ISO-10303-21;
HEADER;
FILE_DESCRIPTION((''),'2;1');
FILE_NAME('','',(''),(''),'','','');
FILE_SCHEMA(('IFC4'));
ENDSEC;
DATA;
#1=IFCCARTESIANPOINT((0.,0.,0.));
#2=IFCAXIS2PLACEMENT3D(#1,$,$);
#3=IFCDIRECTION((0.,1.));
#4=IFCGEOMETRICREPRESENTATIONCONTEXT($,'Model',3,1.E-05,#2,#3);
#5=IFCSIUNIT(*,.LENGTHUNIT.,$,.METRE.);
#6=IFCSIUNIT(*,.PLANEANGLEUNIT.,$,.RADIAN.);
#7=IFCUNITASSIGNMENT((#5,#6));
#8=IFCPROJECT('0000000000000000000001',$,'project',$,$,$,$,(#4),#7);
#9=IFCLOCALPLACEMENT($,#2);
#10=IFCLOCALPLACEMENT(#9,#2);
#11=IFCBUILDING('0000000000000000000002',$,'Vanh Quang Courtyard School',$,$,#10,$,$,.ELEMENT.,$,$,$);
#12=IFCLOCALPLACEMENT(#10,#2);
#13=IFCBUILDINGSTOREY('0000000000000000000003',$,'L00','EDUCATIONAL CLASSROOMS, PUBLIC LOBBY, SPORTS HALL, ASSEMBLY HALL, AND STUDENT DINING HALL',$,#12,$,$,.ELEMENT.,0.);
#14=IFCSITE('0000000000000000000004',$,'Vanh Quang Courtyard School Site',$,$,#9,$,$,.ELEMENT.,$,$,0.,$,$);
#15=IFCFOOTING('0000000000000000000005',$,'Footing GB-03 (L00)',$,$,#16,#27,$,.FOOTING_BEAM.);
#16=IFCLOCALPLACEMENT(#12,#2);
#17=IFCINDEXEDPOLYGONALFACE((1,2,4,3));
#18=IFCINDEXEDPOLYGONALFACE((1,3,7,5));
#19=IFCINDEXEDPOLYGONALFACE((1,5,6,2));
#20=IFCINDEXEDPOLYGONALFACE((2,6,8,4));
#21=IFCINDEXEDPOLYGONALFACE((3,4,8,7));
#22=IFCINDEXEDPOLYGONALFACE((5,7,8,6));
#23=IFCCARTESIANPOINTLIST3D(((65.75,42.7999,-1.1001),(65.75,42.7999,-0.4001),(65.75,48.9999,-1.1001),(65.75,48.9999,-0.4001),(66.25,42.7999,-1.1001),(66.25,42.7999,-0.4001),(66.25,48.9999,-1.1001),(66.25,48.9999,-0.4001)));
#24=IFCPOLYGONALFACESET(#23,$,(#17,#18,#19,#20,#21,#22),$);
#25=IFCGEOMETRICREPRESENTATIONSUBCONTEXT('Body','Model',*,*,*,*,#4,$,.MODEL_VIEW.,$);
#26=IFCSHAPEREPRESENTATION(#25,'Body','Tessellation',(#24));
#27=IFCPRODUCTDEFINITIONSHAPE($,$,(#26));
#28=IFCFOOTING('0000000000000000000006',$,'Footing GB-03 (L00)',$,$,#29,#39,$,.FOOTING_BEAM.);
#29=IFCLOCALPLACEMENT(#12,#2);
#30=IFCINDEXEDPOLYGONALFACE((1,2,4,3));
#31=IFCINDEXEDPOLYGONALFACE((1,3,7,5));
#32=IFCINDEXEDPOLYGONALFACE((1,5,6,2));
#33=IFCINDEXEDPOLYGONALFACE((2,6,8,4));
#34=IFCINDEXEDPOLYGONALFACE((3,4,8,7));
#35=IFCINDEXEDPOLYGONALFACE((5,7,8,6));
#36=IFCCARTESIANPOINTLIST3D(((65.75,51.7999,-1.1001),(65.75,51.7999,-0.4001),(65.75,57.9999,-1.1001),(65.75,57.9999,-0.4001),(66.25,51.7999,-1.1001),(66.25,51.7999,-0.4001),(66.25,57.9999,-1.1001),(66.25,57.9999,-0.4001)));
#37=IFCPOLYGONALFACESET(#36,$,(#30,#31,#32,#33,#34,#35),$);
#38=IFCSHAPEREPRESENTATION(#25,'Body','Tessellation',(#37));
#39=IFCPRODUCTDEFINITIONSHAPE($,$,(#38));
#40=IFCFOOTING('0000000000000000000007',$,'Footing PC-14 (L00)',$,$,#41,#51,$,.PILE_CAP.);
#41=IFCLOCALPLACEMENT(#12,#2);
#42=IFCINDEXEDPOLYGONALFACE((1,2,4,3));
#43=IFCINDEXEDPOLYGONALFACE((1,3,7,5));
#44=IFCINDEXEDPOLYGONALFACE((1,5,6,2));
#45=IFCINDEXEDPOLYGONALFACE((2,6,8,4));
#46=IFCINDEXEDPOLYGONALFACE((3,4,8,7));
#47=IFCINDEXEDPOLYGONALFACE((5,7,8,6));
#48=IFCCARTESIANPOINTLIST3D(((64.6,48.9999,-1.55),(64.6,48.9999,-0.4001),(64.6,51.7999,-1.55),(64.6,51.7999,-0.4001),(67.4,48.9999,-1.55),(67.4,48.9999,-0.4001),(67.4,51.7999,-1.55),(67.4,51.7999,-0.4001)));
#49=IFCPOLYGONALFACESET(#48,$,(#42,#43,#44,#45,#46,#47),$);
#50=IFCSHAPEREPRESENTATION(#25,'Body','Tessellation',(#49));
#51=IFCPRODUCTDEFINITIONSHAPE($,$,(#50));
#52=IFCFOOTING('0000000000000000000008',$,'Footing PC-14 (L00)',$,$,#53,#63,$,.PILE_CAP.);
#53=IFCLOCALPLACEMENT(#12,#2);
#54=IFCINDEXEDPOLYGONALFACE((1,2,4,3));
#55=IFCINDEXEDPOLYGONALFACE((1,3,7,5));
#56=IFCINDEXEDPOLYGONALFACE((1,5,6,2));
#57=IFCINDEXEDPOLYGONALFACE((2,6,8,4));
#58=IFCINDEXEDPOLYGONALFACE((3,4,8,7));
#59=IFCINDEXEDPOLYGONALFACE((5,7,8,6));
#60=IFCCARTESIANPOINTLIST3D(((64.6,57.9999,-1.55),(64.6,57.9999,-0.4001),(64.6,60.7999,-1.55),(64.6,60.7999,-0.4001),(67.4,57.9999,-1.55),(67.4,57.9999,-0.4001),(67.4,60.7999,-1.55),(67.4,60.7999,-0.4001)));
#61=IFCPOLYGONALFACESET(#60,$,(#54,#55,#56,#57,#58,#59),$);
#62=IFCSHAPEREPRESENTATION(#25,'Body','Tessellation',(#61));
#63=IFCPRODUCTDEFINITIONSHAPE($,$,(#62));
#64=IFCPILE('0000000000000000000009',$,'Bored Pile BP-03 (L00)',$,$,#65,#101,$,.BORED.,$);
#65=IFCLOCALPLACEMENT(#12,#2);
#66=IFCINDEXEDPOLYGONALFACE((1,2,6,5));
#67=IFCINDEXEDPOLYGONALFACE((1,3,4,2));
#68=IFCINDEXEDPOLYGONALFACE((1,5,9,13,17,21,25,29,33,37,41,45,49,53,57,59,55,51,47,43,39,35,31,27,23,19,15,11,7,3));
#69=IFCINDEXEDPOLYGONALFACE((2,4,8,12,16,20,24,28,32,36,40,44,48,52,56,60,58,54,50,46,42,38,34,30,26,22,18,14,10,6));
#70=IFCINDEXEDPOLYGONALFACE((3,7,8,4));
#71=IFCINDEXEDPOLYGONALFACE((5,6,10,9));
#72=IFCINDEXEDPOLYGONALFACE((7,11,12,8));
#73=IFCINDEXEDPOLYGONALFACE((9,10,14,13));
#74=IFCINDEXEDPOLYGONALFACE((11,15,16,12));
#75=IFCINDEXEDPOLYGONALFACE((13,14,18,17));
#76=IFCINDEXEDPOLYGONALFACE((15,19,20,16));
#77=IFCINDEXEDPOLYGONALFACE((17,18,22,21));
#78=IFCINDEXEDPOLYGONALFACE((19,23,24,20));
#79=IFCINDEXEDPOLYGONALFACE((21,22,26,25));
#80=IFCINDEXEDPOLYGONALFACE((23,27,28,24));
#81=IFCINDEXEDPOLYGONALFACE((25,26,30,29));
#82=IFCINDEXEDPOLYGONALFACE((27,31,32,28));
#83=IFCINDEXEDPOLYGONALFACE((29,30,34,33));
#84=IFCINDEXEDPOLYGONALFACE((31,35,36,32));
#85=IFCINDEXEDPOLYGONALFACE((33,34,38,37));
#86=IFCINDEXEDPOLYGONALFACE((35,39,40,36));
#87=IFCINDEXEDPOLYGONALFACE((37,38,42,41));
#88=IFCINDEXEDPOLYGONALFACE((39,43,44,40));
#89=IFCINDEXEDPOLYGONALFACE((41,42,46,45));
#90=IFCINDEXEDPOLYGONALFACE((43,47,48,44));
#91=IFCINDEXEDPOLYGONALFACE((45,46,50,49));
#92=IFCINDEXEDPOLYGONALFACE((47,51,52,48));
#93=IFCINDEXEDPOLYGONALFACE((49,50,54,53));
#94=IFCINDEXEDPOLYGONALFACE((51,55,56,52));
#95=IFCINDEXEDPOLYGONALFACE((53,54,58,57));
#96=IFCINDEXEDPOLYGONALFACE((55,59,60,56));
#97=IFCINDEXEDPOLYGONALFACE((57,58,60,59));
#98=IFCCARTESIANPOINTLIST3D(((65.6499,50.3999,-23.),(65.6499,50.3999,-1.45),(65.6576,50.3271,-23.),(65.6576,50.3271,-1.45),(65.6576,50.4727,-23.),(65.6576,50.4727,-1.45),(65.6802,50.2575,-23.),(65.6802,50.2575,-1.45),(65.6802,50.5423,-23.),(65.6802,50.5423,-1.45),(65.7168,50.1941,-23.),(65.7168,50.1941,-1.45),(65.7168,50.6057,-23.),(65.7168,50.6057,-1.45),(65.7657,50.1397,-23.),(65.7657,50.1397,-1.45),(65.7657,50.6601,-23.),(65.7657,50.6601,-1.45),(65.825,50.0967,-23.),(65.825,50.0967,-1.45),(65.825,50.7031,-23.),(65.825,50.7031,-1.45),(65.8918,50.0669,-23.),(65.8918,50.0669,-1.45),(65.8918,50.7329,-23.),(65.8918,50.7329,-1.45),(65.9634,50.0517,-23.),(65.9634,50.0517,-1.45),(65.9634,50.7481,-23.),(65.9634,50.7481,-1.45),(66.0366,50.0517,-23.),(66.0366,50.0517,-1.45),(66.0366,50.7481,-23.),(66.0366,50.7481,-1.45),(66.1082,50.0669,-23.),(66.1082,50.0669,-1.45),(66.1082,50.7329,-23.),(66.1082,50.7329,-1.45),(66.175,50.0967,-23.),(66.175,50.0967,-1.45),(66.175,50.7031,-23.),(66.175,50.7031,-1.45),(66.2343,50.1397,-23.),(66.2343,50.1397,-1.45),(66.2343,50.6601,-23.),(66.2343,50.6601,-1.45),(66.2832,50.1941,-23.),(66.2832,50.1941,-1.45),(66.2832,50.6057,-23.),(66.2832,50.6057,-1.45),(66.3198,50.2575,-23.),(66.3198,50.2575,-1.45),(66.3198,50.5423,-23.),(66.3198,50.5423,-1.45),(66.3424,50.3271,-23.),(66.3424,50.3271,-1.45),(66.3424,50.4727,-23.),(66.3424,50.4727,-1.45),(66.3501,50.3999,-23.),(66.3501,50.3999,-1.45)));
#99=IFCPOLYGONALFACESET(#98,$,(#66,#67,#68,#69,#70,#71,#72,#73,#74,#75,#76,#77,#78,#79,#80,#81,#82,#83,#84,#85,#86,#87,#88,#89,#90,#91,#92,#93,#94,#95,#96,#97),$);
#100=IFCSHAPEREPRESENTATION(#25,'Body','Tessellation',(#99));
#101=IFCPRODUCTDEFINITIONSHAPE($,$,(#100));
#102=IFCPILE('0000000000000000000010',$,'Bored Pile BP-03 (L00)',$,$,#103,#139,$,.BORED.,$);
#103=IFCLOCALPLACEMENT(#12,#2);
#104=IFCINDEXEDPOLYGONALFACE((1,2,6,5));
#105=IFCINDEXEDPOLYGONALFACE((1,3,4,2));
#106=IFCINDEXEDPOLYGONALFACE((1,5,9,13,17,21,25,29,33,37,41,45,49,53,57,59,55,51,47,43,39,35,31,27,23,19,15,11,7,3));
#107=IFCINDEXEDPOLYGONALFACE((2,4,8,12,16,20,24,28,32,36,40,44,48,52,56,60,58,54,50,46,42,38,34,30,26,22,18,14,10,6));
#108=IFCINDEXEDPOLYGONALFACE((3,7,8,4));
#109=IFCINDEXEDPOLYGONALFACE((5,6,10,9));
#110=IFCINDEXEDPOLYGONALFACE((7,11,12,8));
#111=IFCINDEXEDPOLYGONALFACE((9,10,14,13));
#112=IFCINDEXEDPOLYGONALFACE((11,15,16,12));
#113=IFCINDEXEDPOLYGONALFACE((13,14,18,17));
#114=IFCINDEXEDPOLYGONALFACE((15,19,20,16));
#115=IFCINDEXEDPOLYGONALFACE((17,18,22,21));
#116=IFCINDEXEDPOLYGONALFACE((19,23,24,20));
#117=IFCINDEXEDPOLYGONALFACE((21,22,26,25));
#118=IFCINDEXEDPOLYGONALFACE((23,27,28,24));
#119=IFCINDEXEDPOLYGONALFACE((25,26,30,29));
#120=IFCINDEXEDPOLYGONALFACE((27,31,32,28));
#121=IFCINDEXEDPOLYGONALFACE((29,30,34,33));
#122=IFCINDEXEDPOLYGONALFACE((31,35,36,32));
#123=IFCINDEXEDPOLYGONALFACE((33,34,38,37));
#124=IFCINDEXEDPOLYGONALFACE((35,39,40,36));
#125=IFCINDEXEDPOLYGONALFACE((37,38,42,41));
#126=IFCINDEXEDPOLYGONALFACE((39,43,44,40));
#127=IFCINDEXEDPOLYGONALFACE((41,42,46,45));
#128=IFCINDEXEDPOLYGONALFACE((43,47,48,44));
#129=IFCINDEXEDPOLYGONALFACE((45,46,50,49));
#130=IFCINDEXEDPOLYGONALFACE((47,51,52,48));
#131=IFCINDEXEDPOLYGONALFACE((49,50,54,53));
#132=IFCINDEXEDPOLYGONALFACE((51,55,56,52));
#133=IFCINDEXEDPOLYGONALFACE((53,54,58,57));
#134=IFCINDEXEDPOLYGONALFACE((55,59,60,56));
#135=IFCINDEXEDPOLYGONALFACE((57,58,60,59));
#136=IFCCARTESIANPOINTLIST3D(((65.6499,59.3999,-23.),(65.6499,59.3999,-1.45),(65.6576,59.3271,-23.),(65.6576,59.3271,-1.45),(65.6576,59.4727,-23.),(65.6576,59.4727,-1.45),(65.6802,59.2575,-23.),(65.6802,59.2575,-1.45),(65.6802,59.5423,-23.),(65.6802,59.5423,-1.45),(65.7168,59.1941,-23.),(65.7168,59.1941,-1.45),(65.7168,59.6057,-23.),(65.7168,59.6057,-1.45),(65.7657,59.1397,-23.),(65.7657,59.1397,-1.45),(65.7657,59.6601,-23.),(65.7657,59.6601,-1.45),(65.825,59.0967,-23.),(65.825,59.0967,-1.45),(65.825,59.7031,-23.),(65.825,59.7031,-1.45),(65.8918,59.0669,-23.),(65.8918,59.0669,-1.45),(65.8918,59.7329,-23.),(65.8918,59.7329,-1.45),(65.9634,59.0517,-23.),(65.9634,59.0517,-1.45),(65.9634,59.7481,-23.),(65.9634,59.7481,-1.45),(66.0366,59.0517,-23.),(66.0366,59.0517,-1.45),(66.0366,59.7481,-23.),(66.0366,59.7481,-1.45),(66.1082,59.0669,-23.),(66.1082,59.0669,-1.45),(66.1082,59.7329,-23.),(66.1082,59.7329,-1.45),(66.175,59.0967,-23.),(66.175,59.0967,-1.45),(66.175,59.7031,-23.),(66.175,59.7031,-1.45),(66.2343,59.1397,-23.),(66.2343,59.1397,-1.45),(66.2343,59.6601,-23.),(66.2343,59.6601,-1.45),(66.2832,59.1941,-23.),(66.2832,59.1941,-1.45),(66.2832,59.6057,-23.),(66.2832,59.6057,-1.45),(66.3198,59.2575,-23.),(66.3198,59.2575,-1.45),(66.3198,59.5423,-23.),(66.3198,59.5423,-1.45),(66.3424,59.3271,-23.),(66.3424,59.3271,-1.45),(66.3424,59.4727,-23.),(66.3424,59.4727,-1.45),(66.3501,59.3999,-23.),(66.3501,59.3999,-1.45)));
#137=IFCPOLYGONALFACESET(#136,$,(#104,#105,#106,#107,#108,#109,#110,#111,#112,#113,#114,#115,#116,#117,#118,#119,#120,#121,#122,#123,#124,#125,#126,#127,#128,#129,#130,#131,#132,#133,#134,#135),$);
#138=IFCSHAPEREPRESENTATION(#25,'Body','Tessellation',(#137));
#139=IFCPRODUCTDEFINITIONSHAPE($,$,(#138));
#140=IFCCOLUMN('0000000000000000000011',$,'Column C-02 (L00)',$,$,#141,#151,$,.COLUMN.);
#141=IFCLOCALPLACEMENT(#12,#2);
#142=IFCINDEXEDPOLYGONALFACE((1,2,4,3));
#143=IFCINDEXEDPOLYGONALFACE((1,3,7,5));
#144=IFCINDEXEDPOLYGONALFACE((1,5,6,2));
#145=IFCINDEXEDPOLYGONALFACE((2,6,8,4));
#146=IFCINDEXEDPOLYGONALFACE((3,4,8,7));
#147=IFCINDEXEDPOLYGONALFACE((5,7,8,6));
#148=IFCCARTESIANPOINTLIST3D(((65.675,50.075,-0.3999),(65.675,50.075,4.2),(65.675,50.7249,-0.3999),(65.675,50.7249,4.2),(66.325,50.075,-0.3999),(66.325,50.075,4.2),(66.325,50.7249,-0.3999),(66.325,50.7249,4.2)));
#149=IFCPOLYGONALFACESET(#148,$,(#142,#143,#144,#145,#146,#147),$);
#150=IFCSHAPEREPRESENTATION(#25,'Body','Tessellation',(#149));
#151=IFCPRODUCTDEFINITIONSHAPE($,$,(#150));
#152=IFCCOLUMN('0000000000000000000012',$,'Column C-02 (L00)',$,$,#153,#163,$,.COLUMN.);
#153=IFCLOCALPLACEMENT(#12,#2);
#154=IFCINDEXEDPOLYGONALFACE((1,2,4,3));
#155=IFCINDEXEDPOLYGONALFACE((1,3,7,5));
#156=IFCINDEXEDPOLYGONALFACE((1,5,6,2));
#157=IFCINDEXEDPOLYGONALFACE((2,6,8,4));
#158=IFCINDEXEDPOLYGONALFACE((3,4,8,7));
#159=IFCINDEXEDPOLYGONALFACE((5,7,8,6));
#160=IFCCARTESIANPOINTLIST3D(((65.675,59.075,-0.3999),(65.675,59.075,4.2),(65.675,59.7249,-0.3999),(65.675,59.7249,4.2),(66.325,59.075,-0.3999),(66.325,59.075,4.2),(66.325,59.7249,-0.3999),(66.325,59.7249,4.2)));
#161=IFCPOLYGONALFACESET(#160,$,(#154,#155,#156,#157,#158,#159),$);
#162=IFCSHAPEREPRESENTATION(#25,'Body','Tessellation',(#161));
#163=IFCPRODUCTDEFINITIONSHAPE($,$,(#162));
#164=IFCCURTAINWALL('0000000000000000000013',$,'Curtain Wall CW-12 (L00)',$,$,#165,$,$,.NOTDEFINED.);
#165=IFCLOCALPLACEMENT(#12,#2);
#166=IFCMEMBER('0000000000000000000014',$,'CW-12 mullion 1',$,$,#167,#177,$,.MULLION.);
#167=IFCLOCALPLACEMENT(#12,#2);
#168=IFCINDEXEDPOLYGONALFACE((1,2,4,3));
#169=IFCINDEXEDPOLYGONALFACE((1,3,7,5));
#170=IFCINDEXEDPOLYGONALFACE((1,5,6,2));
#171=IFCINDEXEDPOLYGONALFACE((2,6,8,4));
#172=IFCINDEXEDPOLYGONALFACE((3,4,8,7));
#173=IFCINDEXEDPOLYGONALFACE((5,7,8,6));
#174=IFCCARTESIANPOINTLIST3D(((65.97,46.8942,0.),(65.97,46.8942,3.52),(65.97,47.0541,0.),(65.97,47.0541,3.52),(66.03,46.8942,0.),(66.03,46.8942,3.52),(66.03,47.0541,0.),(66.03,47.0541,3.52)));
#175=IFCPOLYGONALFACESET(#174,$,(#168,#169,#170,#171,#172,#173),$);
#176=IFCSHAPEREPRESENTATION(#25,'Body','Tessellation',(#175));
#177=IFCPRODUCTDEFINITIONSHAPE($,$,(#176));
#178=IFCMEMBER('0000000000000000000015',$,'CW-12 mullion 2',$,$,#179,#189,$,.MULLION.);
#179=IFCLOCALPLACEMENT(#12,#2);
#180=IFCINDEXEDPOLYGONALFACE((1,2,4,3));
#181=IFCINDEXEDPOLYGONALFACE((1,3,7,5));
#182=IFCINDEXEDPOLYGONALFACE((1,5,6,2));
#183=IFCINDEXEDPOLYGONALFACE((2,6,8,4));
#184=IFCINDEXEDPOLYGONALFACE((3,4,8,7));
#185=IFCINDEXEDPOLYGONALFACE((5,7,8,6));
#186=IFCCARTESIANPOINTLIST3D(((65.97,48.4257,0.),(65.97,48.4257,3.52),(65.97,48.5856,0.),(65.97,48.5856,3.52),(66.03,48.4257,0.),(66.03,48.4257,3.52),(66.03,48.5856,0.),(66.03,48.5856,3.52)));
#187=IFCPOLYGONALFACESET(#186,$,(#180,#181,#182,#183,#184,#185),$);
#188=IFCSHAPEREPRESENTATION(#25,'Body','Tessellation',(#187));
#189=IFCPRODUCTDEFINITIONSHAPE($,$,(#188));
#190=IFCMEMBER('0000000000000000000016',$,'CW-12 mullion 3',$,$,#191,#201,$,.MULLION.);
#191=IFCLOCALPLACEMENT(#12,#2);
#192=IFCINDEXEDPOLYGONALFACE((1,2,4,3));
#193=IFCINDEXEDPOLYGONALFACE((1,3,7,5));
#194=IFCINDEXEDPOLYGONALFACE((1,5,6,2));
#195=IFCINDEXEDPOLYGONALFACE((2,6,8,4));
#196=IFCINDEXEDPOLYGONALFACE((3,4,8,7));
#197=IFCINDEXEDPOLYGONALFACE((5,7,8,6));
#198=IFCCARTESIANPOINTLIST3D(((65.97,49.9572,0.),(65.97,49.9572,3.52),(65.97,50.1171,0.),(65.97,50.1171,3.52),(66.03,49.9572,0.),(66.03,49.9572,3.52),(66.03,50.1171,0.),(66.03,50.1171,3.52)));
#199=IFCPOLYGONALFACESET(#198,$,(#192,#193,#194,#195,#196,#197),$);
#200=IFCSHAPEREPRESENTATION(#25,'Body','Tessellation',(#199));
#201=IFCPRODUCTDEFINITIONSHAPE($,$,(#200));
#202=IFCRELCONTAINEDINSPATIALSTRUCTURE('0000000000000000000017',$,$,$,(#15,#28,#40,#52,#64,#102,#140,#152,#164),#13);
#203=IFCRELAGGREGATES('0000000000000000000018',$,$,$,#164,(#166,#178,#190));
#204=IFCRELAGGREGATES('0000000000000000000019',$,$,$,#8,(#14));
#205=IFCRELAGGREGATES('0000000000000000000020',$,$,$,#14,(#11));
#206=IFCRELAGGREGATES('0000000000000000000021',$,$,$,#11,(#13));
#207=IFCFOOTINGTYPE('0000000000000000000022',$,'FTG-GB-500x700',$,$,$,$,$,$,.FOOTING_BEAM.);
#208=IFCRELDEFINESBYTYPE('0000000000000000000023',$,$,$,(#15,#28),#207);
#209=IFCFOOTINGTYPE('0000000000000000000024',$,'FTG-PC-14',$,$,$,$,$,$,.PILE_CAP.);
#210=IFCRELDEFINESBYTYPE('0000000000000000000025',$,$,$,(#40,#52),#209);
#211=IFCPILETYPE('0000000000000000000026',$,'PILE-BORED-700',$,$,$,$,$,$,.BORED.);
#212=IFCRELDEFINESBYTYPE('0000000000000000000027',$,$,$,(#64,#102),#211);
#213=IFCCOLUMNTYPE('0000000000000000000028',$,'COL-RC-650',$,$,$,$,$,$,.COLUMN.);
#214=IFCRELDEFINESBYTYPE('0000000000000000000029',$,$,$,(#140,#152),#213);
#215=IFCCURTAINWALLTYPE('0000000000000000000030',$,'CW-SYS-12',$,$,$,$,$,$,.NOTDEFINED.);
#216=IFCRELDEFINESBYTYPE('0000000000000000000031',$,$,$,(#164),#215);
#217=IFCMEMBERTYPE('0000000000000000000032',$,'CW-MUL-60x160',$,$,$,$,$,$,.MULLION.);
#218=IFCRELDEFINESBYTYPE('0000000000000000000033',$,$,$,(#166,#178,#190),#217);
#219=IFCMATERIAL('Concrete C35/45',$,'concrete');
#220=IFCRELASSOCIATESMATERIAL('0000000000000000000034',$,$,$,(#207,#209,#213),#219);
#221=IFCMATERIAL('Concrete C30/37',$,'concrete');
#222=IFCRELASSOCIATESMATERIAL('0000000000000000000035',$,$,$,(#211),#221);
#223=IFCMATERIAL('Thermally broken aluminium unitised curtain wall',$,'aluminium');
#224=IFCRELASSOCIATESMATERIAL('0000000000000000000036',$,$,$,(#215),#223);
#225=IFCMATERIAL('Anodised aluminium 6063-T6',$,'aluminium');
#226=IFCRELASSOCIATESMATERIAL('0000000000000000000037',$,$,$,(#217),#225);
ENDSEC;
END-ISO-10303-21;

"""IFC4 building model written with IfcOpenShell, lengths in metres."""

from ifc_helpers import new_model, si_unit, direction, frame, origin, origin_2d, place, context, subcontext, project, spatial, rectangle, circle, extrude, material, material_profile, profile_set, type_object, element, aggregate, save


model = new_model("IFC4")

# Units and contexts
model_context = context("Model", 3, precision=1e-05, world=origin(), true_north=direction((0.0, 1.0)))
body_context = subcontext(model_context, "Body", "Model", "MODEL_VIEW")
ifc_project = project(units=[si_unit("LENGTHUNIT", "METRE"), si_unit("PLANEANGLEUNIT", "RADIAN")], contexts=[model_context])

# Site, building, storey
site_placement = place(None, origin())
site = spatial("IfcSite", under=ifc_project, at=site_placement, Name="Vanh Quang Courtyard School Site", CompositionType="ELEMENT", RefElevation=0.0)
building_placement = place(site_placement, origin())
building = spatial("IfcBuilding", under=site, at=building_placement, Name="Vanh Quang Courtyard School", CompositionType="ELEMENT")
storey_placement = place(building_placement, origin())
storey = spatial("IfcBuildingStorey", under=building, at=storey_placement, Name="L00", Description="EDUCATIONAL CLASSROOMS, PUBLIC LOBBY, SPORTS HALL, ASSEMBLY HALL, AND STUDENT DINING HALL", CompositionType="ELEMENT", Elevation=0.0)

# Footings
ifc_material_1 = material(Name="Concrete C35/45", Category="concrete")
footing_type_1 = type_object("IfcFootingType", Name="FTG-GB-500x700", PredefinedType="FOOTING_BEAM", material=ifc_material_1)
for number, where, z_axis, x_axis, name in (
    (1, (66.0, 45.8999, -1.1001), (0.0, 0.0, 1.0), (0.0, 1.0, 0.0), "Footing GB-03 (L00)"),
    (2, (66.0, 54.8999, -1.1001), (0.0, 0.0, 1.0), (0.0, 1.0, 0.0), "Footing GB-03 (L00)"),
):
    element("IfcFooting", number, at=place(storey_placement, frame(where, z_axis=z_axis, x_axis=x_axis)), inside=storey, type_object=footing_type_1, Name=name, PredefinedType="FOOTING_BEAM", context=body_context, shape_type="SweptSolid", body=[
        extrude(rectangle(XDim=6.2, YDim=0.5, at=origin_2d()), origin(), (0.0, 0.0, 1.0), 0.7),
    ])
footing_type_2 = type_object("IfcFootingType", Name="FTG-PC-14", PredefinedType="PILE_CAP", material=ifc_material_1)
for number, where, z_axis, x_axis, name in (
    (3, (66.0, 50.3999, -1.55), (0.0, 0.0, 1.0), (1.0, 0.0, 0.0), "Footing PC-14 (L00)"),
    (4, (66.0, 59.3999, -1.55), (0.0, 0.0, 1.0), (1.0, 0.0, 0.0), "Footing PC-14 (L00)"),
):
    element("IfcFooting", number, at=place(storey_placement, frame(where, z_axis=z_axis, x_axis=x_axis)), inside=storey, type_object=footing_type_2, Name=name, PredefinedType="PILE_CAP", context=body_context, shape_type="SweptSolid", body=[
        extrude(rectangle(XDim=2.8, YDim=2.8, at=origin_2d()), origin(), (0.0, 0.0, 1.0), 1.1499),
    ])

# Piles
ifc_material_2 = material(Name="Concrete C30/37", Category="concrete")
ifc_material_profile_1 = material_profile(ifc_material_2, circle(Radius=0.3501, at=origin_2d()), Name="PILE D700")
ifc_profile_set_1 = profile_set([ifc_material_profile_1], Name="Concrete C30/37")
pile_type = type_object("IfcPileType", Name="PILE-BORED-700", PredefinedType="BORED", material=ifc_profile_set_1)
for number, where, z_axis, x_axis, name in (
    (5, (66.0, 50.3999, -1.45), (0.0, 0.0, -1.0), (1.0, 0.0, 0.0), "Bored Pile BP-03 (L00)"),
    (6, (66.0, 59.3999, -1.45), (0.0, 0.0, -1.0), (1.0, 0.0, 0.0), "Bored Pile BP-03 (L00)"),
):
    element("IfcPile", number, at=place(storey_placement, frame(where, z_axis=z_axis, x_axis=x_axis)), inside=storey, type_object=pile_type, Name=name, PredefinedType="BORED", context=body_context, shape_type="SweptSolid", body=[
        extrude(circle(Radius=0.3501, at=origin_2d()), origin(), (0.0, 0.0, 1.0), 21.55),
    ])

# Columns
ifc_material_profile_2 = material_profile(ifc_material_1, rectangle(XDim=0.6499, YDim=0.6499, at=origin_2d()), Name="RC-COL 650x650")
ifc_profile_set_2 = profile_set([ifc_material_profile_2], Name="Concrete C35/45")
column_type = type_object("IfcColumnType", Name="COL-RC-650", PredefinedType="COLUMN", material=ifc_profile_set_2)
for number, where, z_axis, x_axis, name in (
    (7, (66.0, 50.3999, -0.3999), (0.0, 0.0, 1.0), (1.0, 0.0, 0.0), "Column C-02 (L00)"),
    (8, (66.0, 59.3999, -0.3999), (0.0, 0.0, 1.0), (1.0, 0.0, 0.0), "Column C-02 (L00)"),
):
    element("IfcColumn", number, at=place(storey_placement, frame(where, z_axis=z_axis, x_axis=x_axis)), inside=storey, type_object=column_type, Name=name, PredefinedType="COLUMN", context=body_context, shape_type="SweptSolid", body=[
        extrude(rectangle(XDim=0.6499, YDim=0.6499, at=origin_2d()), origin(), (0.0, 0.0, 1.0), 4.5999),
    ])

# Curtain wall, members
ifc_material_3 = material(Name="Thermally broken aluminium unitised curtain wall", Category="aluminium")
curtain_wall_type_1 = type_object("IfcCurtainWallType", Name="CW-SYS-12", PredefinedType="NOTDEFINED", material=ifc_material_3)
curtain_wall_1_placement = place(storey_placement, origin())
curtain_wall_1 = element("IfcCurtainWall", 9, at=curtain_wall_1_placement, inside=storey, type_object=curtain_wall_type_1, Name="Curtain Wall CW-12 (L00)", PredefinedType="NOTDEFINED")
ifc_material_4 = material(Name="Anodised aluminium 6063-T6", Category="aluminium")
ifc_material_profile_3 = material_profile(ifc_material_4, rectangle(XDim=0.0601, YDim=0.1599, at=origin_2d()), Name="ALU-MUL 60x160")
ifc_profile_set_3 = profile_set([ifc_material_profile_3], Name="Anodised aluminium 6063-T6")
member_type_1 = type_object("IfcMemberType", Name="CW-MUL-60x160", PredefinedType="MULLION", material=ifc_profile_set_3)
member_1_placement = place(storey_placement, frame((66.0, 46.9741, 0.0), z_axis=(0.0, 0.0, 1.0), x_axis=(-1.0, 0.0, 0.0)))
member_1 = element("IfcMember", 10, at=member_1_placement, type_object=member_type_1, Name="CW-12 mullion 1", PredefinedType="MULLION", context=body_context, shape_type="SweptSolid", body=[
    extrude(rectangle(XDim=0.0601, YDim=0.1599, at=origin_2d()), origin(), (0.0, 0.0, 1.0), 3.52),
])
member_2_placement = place(storey_placement, frame((66.0, 48.5056, 0.0), z_axis=(0.0, 0.0, 1.0), x_axis=(-1.0, 0.0, 0.0)))
member_2 = element("IfcMember", 11, at=member_2_placement, type_object=member_type_1, Name="CW-12 mullion 2", PredefinedType="MULLION", context=body_context, shape_type="SweptSolid", body=[
    extrude(rectangle(XDim=0.0601, YDim=0.1599, at=origin_2d()), origin(), (0.0, 0.0, 1.0), 3.52),
])
member_3_placement = place(storey_placement, frame((66.0, 50.0371, 0.0), z_axis=(0.0, 0.0, 1.0), x_axis=(-1.0, 0.0, 0.0)))
member_3 = element("IfcMember", 12, at=member_3_placement, type_object=member_type_1, Name="CW-12 mullion 3", PredefinedType="MULLION", context=body_context, shape_type="SweptSolid", body=[
    extrude(rectangle(XDim=0.0601, YDim=0.1599, at=origin_2d()), origin(), (0.0, 0.0, 1.0), 3.52),
])

aggregate(curtain_wall_1, [member_1, member_2, member_3])

save(model, "model.ifc")
